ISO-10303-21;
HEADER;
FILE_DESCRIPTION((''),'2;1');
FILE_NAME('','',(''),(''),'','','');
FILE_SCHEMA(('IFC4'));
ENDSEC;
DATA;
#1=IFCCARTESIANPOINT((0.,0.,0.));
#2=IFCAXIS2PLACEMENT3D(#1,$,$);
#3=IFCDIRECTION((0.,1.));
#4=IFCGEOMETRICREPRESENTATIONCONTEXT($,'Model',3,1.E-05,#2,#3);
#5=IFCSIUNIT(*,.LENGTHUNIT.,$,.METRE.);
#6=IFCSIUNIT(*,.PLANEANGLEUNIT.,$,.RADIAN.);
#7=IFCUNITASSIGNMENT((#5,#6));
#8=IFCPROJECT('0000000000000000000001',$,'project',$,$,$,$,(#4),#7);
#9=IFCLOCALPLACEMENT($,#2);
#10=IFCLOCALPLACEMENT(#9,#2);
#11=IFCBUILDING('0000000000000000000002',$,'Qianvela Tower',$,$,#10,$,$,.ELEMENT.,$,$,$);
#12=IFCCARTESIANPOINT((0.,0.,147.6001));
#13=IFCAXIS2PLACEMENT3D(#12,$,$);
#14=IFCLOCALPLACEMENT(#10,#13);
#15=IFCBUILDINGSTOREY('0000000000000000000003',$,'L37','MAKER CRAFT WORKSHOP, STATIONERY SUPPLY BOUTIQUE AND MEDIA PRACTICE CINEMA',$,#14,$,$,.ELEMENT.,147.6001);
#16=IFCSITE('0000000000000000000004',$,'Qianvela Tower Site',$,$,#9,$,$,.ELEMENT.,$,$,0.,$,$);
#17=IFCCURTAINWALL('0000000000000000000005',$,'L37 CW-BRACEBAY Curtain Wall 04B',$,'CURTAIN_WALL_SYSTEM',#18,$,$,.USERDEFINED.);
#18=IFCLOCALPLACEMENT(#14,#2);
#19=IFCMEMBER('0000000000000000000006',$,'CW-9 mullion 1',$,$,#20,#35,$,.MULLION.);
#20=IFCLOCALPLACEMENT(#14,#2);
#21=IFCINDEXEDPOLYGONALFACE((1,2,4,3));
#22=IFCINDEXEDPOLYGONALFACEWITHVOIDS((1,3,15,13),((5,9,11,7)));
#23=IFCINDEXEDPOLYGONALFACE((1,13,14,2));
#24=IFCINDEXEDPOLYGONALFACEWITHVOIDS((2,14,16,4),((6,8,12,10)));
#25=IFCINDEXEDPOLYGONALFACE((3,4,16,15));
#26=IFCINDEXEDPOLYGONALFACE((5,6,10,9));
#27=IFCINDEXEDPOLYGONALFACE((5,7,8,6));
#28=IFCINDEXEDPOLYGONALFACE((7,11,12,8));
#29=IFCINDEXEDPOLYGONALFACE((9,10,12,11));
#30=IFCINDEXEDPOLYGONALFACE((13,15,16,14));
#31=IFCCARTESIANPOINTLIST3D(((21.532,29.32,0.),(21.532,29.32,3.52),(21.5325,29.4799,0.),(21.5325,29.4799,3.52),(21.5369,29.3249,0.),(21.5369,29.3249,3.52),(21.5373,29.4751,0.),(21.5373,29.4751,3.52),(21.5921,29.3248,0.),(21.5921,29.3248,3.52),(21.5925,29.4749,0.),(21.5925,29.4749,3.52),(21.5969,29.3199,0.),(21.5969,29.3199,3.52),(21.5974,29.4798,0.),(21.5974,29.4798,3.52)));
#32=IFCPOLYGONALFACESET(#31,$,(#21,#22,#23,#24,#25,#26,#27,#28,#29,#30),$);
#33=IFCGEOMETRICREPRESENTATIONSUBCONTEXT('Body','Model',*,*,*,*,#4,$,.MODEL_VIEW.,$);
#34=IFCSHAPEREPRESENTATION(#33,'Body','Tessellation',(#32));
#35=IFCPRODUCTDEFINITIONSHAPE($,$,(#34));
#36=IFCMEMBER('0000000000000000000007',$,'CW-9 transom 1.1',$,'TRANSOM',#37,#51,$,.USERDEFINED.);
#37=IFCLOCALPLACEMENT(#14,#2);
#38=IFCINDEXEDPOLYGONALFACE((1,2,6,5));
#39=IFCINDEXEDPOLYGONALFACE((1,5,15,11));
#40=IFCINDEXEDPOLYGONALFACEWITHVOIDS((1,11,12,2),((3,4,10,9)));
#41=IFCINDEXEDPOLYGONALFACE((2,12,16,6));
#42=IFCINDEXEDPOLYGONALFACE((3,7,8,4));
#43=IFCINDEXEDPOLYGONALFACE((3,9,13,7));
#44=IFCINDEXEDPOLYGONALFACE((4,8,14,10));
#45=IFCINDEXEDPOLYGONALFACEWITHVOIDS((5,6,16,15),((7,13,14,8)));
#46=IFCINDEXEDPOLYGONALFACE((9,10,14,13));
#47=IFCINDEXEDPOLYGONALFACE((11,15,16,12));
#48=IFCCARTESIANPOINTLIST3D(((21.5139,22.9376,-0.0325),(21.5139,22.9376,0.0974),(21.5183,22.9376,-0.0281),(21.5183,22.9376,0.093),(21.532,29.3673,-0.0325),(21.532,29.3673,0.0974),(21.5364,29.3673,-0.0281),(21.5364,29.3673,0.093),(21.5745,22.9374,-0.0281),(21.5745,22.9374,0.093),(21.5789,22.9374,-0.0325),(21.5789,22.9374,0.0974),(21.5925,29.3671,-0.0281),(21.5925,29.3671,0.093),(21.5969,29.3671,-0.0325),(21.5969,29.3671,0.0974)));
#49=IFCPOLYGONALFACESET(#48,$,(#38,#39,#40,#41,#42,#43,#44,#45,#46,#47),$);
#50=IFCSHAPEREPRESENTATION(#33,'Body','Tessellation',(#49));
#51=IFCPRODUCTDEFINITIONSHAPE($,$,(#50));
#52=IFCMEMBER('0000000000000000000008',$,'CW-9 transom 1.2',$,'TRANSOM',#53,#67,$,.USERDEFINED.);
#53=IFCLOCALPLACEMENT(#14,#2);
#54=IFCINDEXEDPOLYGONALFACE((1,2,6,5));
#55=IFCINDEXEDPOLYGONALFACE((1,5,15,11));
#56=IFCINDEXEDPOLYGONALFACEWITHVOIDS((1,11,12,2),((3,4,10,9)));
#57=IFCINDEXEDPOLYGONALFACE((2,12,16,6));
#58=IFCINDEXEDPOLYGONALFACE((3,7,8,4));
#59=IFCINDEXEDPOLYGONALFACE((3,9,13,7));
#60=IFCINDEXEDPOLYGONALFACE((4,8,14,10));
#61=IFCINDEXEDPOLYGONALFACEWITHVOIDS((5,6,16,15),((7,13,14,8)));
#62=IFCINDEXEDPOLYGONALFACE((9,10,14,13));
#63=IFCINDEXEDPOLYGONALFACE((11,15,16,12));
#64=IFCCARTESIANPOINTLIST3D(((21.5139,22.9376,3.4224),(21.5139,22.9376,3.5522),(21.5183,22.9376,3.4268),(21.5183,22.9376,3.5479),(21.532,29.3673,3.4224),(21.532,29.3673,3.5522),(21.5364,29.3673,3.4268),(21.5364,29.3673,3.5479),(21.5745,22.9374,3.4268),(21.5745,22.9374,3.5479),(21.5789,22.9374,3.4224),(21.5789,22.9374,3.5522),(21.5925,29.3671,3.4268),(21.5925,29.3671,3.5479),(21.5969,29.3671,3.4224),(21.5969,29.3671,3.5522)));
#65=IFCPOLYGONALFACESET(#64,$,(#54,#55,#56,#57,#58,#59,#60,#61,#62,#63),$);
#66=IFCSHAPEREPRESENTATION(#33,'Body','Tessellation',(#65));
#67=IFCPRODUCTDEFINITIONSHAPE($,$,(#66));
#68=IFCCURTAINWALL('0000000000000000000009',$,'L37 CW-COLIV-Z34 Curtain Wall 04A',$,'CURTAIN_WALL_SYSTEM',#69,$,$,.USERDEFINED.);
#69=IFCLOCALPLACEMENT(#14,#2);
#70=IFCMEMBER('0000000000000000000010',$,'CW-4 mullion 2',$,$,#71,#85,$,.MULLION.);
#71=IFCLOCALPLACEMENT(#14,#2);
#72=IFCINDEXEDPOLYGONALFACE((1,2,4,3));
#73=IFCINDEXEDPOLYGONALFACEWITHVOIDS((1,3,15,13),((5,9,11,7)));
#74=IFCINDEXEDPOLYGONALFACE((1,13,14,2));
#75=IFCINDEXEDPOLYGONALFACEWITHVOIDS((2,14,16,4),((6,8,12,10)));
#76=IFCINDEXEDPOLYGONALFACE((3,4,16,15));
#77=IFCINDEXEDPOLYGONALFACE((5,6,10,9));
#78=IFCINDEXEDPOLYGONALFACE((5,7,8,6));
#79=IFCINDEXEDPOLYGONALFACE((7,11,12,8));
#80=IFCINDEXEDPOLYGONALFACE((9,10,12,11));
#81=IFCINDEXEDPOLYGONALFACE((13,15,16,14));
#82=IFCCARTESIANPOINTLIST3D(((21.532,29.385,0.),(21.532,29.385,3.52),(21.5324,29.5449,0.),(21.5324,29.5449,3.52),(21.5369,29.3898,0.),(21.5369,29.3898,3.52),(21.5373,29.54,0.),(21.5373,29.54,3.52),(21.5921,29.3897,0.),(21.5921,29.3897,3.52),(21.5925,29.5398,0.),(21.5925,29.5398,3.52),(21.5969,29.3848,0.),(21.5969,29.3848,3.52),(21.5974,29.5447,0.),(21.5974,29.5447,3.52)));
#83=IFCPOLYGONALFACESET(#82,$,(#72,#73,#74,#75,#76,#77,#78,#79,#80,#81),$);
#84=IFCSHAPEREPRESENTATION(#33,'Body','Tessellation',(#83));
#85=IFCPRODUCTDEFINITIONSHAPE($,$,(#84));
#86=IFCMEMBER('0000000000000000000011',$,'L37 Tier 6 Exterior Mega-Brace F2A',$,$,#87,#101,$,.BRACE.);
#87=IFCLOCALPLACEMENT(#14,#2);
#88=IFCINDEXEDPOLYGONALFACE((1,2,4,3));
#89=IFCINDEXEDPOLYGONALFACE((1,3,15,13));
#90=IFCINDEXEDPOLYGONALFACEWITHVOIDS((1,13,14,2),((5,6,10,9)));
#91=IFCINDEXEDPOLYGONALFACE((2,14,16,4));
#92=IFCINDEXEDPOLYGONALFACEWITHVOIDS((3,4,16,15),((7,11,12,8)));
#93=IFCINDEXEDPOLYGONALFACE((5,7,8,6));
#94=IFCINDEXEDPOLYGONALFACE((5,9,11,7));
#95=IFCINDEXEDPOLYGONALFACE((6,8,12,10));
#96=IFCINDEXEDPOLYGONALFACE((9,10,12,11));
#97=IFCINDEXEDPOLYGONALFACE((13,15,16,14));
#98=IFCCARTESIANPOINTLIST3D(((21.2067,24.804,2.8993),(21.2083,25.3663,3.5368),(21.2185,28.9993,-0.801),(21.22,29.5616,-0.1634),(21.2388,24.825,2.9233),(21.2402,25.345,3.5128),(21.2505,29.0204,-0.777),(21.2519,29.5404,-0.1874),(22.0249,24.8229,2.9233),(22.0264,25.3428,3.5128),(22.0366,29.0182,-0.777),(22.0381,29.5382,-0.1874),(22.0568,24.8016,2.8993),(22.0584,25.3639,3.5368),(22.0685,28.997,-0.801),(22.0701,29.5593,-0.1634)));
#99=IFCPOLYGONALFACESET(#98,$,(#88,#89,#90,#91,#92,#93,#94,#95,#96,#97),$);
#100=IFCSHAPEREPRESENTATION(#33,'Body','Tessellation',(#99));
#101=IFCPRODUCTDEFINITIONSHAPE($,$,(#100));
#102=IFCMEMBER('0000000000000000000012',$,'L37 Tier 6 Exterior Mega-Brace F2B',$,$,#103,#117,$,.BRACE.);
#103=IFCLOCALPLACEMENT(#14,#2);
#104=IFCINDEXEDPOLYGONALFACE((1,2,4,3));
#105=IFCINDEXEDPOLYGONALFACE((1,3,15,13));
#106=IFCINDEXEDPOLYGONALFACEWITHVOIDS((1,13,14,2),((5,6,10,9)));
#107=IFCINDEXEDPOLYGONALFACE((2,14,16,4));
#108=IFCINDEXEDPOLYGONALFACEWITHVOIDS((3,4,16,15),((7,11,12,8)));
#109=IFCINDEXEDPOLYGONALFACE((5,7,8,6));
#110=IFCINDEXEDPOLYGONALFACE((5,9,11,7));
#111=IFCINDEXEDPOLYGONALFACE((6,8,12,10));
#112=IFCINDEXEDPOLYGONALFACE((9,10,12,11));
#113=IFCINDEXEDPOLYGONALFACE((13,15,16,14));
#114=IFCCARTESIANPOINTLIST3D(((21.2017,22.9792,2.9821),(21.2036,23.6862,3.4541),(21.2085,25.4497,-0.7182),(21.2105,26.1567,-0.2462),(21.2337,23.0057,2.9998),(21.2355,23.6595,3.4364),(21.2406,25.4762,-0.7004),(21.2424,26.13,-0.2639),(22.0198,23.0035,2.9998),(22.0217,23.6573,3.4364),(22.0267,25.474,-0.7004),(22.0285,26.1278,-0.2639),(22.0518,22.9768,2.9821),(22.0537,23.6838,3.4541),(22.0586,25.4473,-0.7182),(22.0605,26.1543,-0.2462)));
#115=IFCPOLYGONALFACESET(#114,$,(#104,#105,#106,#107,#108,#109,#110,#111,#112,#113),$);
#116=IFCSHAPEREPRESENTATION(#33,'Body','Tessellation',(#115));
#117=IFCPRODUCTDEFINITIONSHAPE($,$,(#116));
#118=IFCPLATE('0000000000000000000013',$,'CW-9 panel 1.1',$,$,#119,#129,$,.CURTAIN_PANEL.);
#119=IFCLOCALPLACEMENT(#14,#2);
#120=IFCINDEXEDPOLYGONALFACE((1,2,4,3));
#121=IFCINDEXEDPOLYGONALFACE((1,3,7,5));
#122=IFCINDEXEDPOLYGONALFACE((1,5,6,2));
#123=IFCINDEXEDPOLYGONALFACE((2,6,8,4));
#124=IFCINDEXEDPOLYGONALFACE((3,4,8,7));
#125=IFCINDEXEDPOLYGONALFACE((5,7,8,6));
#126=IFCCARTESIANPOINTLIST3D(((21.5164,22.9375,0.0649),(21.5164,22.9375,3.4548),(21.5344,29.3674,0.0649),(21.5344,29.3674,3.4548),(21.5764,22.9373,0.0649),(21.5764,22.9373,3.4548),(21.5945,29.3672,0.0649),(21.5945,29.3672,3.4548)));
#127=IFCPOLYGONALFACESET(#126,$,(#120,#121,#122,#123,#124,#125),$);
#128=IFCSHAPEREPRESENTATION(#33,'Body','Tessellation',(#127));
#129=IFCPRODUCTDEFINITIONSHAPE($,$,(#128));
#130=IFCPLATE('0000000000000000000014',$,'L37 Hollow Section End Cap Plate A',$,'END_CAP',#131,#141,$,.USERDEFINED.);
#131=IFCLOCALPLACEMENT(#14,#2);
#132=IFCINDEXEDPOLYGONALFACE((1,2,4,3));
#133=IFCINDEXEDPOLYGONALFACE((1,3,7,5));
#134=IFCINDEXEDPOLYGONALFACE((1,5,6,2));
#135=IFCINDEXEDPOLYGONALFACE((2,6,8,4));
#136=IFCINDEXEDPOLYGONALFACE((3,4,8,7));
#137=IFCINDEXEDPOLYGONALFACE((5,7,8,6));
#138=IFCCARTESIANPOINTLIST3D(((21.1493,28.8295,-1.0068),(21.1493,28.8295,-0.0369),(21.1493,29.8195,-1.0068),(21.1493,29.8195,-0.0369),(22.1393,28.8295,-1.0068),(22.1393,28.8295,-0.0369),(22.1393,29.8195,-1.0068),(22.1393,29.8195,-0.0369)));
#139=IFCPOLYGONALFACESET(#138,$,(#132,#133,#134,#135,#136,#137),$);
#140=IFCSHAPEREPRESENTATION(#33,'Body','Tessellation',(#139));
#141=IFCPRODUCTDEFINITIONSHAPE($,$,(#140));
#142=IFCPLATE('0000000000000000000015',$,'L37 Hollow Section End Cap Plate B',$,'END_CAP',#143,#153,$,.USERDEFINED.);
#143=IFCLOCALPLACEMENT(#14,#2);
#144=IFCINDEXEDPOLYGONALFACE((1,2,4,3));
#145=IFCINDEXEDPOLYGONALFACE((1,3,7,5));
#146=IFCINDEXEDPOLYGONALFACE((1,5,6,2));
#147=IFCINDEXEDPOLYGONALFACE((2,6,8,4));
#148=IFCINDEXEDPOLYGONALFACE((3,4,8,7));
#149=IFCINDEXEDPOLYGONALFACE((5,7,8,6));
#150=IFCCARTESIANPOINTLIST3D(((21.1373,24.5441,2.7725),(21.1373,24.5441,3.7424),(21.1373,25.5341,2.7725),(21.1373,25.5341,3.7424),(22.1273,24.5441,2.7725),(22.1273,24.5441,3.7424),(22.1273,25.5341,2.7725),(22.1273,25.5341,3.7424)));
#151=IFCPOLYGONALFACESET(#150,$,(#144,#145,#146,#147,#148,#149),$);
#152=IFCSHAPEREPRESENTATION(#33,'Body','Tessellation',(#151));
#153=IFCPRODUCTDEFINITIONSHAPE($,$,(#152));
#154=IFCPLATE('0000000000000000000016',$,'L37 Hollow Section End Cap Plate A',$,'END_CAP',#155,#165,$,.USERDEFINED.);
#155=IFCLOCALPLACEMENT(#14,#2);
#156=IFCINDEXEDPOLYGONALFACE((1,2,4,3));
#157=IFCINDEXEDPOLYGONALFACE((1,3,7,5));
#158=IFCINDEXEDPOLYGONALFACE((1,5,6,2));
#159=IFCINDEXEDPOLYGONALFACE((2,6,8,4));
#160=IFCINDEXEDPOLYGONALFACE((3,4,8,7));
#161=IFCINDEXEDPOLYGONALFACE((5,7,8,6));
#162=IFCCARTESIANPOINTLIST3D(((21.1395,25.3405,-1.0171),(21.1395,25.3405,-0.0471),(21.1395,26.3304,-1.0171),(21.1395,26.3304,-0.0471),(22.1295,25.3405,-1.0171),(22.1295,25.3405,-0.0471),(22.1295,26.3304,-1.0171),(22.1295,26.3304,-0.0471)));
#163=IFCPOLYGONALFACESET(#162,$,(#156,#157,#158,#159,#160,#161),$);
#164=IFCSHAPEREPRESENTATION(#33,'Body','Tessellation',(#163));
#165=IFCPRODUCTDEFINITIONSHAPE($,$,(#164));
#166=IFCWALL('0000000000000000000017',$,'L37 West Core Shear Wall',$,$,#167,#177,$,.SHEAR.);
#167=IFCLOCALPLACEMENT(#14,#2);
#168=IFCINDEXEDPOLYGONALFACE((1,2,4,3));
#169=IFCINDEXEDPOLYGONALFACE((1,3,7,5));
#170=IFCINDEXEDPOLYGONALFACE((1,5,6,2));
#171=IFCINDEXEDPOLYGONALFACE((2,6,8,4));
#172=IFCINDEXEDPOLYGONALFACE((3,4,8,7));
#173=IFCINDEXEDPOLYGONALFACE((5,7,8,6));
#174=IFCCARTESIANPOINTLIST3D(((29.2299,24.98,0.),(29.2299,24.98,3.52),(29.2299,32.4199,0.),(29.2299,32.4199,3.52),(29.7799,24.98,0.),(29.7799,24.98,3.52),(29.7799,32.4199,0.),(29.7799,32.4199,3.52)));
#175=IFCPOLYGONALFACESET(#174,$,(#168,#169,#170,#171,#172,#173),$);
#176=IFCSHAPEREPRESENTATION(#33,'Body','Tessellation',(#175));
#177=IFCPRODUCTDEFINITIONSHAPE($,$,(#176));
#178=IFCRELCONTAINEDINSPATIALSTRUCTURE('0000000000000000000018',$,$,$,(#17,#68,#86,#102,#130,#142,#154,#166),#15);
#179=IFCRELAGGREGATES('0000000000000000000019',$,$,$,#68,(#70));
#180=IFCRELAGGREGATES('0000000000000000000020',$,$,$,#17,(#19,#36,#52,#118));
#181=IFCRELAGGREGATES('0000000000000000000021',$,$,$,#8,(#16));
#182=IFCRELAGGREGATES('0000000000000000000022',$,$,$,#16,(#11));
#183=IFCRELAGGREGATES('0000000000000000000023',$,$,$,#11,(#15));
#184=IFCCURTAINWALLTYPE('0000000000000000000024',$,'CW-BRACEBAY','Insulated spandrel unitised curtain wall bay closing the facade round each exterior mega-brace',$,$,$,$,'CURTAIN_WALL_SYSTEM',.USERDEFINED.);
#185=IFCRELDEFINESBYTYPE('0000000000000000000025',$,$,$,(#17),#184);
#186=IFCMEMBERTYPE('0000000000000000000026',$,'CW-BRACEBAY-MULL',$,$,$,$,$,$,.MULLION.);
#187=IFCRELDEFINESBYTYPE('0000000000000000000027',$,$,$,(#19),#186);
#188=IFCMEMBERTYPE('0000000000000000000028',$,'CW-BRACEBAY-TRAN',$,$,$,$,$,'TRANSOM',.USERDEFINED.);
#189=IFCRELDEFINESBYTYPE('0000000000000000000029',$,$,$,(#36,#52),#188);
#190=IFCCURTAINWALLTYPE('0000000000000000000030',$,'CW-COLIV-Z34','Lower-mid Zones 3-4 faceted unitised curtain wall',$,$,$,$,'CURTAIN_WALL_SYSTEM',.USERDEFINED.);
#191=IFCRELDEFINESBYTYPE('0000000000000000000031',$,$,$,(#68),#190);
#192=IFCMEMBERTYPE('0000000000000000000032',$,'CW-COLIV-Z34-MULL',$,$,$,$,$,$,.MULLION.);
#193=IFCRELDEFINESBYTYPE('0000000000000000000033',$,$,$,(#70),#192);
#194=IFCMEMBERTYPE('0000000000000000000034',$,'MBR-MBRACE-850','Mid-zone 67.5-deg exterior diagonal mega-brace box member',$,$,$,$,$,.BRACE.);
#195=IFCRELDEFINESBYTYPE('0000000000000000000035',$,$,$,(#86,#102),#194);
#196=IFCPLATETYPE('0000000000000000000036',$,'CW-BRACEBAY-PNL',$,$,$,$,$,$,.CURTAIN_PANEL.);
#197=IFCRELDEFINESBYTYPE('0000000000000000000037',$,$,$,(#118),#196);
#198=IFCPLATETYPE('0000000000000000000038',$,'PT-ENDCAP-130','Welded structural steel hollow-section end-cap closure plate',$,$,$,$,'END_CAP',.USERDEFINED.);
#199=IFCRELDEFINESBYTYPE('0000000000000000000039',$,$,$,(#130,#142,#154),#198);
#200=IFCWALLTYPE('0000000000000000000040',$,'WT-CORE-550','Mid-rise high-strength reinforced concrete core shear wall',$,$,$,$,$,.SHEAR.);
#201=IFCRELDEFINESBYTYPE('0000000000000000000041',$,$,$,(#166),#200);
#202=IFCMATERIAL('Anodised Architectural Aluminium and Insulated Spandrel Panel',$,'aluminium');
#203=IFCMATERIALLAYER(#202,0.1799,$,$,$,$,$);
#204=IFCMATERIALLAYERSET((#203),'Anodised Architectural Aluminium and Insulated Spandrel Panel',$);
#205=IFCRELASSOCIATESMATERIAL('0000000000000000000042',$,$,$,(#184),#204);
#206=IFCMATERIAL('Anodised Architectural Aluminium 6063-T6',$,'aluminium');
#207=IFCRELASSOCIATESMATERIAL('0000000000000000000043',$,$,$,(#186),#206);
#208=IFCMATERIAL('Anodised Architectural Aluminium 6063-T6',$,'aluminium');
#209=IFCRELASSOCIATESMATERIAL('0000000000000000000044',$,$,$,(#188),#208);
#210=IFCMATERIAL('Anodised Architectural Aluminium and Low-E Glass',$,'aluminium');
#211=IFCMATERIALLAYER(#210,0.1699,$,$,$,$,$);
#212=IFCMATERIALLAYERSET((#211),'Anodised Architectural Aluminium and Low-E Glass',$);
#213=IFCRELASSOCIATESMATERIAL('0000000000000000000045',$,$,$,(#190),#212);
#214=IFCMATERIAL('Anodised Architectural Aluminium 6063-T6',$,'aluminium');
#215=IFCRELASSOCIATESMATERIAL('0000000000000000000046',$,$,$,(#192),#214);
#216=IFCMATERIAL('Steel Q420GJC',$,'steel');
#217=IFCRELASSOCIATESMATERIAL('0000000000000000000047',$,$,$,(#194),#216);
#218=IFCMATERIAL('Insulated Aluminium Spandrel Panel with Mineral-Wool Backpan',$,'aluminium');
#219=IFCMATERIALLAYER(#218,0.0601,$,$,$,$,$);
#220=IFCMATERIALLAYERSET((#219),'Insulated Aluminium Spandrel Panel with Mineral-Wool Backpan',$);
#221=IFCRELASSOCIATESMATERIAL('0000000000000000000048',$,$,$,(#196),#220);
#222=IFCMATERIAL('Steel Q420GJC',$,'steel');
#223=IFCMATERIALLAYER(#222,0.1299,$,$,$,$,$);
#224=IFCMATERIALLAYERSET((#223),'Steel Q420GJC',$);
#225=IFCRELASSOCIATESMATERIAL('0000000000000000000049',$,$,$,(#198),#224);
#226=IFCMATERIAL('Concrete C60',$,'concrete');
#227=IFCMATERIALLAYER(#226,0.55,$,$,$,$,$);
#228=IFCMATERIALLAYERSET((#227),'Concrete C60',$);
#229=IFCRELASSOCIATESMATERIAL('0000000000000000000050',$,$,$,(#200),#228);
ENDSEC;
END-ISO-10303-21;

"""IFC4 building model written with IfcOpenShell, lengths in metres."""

from ifc_helpers import new_model, si_unit, direction, frame, frame_2d, origin, origin_2d, place, context, subcontext, project, spatial, rectangle, hollow_rectangle, extrude, material, layer, layer_set, material_profile, profile_set, type_object, element, aggregate, save


model = new_model("IFC4")

# Units and contexts
model_context = context("Model", 3, precision=1e-05, world=origin(), true_north=direction((0.0, 1.0)))
body_context = subcontext(model_context, "Body", "Model", "MODEL_VIEW")
ifc_project = project(units=[si_unit("LENGTHUNIT", "METRE"), si_unit("PLANEANGLEUNIT", "RADIAN")], contexts=[model_context])

# Site, building, storey
site_placement = place(None, origin())
site = spatial("IfcSite", under=ifc_project, at=site_placement, Name="Qianvela Tower Site", CompositionType="ELEMENT", RefElevation=0.0)
building_placement = place(site_placement, origin())
building = spatial("IfcBuilding", under=site, at=building_placement, Name="Qianvela Tower", CompositionType="ELEMENT")
storey_placement = place(building_placement, frame((0.0, 0.0, 147.6001)))
storey = spatial("IfcBuildingStorey", under=building, at=storey_placement, Name="L37", Description="MAKER CRAFT WORKSHOP, STATIONERY SUPPLY BOUTIQUE AND MEDIA PRACTICE CINEMA", CompositionType="ELEMENT", Elevation=147.6001)

# Curtain wall, members
ifc_material_1 = material(Name="Anodised Architectural Aluminium and Insulated Spandrel Panel", Category="aluminium")
ifc_layer_1 = layer(ifc_material_1, 0.1799)
ifc_layer_set_1 = layer_set([ifc_layer_1], Name="Anodised Architectural Aluminium and Insulated Spandrel Panel")
curtain_wall_type_1 = type_object("IfcCurtainWallType", Name="CW-BRACEBAY", Description="Insulated spandrel unitised curtain wall bay closing the facade round each exterior mega-brace", ElementType="CURTAIN_WALL_SYSTEM", PredefinedType="USERDEFINED", material=ifc_layer_set_1)
curtain_wall_1_placement = place(storey_placement, origin())
curtain_wall_1 = element("IfcCurtainWall", 1, at=curtain_wall_1_placement, inside=storey, type_object=curtain_wall_type_1, Name="L37 CW-BRACEBAY Curtain Wall 04B", ObjectType="CURTAIN_WALL_SYSTEM", PredefinedType="USERDEFINED")
ifc_material_2 = material(Name="Anodised Architectural Aluminium 6063-T6", Category="aluminium")
ifc_material_profile_1 = material_profile(ifc_material_2, hollow_rectangle(XDim=0.0649, YDim=0.1599, WallThickness=0.0049, at=origin_2d()), Name="ALU-MULL-65x160")
ifc_profile_set_1 = profile_set([ifc_material_profile_1], Name="Anodised Architectural Aluminium 6063-T6")
member_type_1 = type_object("IfcMemberType", Name="CW-BRACEBAY-MULL", PredefinedType="MULLION", material=ifc_profile_set_1)
member_1_placement = place(storey_placement, frame((21.5647, 29.3999, 0.0), z_axis=(0.0, 0.0, 1.0), x_axis=(0.999996, -0.002805, 0.0)))
member_1 = element("IfcMember", 2, at=member_1_placement, type_object=member_type_1, Name="CW-9 mullion 1", PredefinedType="MULLION", context=body_context, shape_type="SweptSolid", body=[
    extrude(hollow_rectangle(XDim=0.0649, YDim=0.1599, WallThickness=0.0049, at=origin_2d()), origin(), (0.0, 0.0, 1.0), 3.52),
])
ifc_material_3 = material(Name="Anodised Architectural Aluminium 6063-T6", Category="aluminium")
ifc_material_profile_2 = material_profile(ifc_material_3, hollow_rectangle(XDim=0.0649, YDim=0.1299, WallThickness=0.0044, at=origin_2d()), Name="ALU-TRAN-65x130")
ifc_profile_set_2 = profile_set([ifc_material_profile_2], Name="Anodised Architectural Aluminium 6063-T6")
member_type_2 = type_object("IfcMemberType", Name="CW-BRACEBAY-TRAN", ElementType="TRANSOM", PredefinedType="USERDEFINED", material=ifc_profile_set_2)
member_2_placement = place(storey_placement, frame((21.5645, 29.3672, 0.0325), z_axis=(-0.00281, -0.999996, 0.0), x_axis=(0.999996, -0.00281, 0.0)))
member_2 = element("IfcMember", 3, at=member_2_placement, type_object=member_type_2, Name="CW-9 transom 1.1", ObjectType="TRANSOM", PredefinedType="USERDEFINED", context=body_context, shape_type="SweptSolid", body=[
    extrude(hollow_rectangle(XDim=0.0649, YDim=0.1299, WallThickness=0.0044, at=origin_2d()), origin(), (0.0, 0.0, 1.0), 6.4297),
])
member_3_placement = place(storey_placement, frame((21.5645, 29.3672, 3.4873), z_axis=(-0.00281, -0.999996, 0.0), x_axis=(0.999996, -0.00281, 0.0)))
member_3 = element("IfcMember", 4, at=member_3_placement, type_object=member_type_2, Name="CW-9 transom 1.2", ObjectType="TRANSOM", PredefinedType="USERDEFINED", context=body_context, shape_type="SweptSolid", body=[
    extrude(hollow_rectangle(XDim=0.0649, YDim=0.1299, WallThickness=0.0044, at=origin_2d()), origin(), (0.0, 0.0, 1.0), 6.4297),
])

# Curtain wall, member
ifc_material_4 = material(Name="Anodised Architectural Aluminium and Low-E Glass", Category="aluminium")
ifc_layer_2 = layer(ifc_material_4, 0.1699)
ifc_layer_set_2 = layer_set([ifc_layer_2], Name="Anodised Architectural Aluminium and Low-E Glass")
curtain_wall_type_2 = type_object("IfcCurtainWallType", Name="CW-COLIV-Z34", Description="Lower-mid Zones 3-4 faceted unitised curtain wall", ElementType="CURTAIN_WALL_SYSTEM", PredefinedType="USERDEFINED", material=ifc_layer_set_2)
curtain_wall_2_placement = place(storey_placement, origin())
curtain_wall_2 = element("IfcCurtainWall", 5, at=curtain_wall_2_placement, inside=storey, type_object=curtain_wall_type_2, Name="L37 CW-COLIV-Z34 Curtain Wall 04A", ObjectType="CURTAIN_WALL_SYSTEM", PredefinedType="USERDEFINED")
ifc_material_5 = material(Name="Anodised Architectural Aluminium 6063-T6", Category="aluminium")
ifc_material_profile_3 = material_profile(ifc_material_5, hollow_rectangle(XDim=0.0649, YDim=0.1599, WallThickness=0.0049, at=origin_2d()), Name="ALU-MULL-65x160")
ifc_profile_set_3 = profile_set([ifc_material_profile_3], Name="Anodised Architectural Aluminium 6063-T6")
member_type_3 = type_object("IfcMemberType", Name="CW-COLIV-Z34-MULL", PredefinedType="MULLION", material=ifc_profile_set_3)
member_4_placement = place(storey_placement, frame((21.5647, 29.4648, 0.0), z_axis=(0.0, 0.0, 1.0), x_axis=(0.999996, -0.002791, 0.0)))
member_4 = element("IfcMember", 6, at=member_4_placement, type_object=member_type_3, Name="CW-4 mullion 2", PredefinedType="MULLION", context=body_context, shape_type="SweptSolid", body=[
    extrude(hollow_rectangle(XDim=0.0649, YDim=0.1599, WallThickness=0.0049, at=origin_2d()), origin(), (0.0, 0.0, 1.0), 3.52),
])
aggregate(curtain_wall_2, [member_4])

# Members
ifc_material_6 = material(Name="Steel Q420GJC", Category="steel")
ifc_material_profile_4 = material_profile(ifc_material_6, hollow_rectangle(XDim=0.8501, YDim=0.8501, WallThickness=0.032, at=origin_2d()), Name="MBOX-850x850x32")
ifc_profile_set_4 = profile_set([ifc_material_profile_4], Name="Steel Q420GJC")
member_type_4 = type_object("IfcMemberType", Name="MBR-MBRACE-850", Description="Mid-zone 67.5-deg exterior diagonal mega-brace box member", PredefinedType="BRACE", material=ifc_profile_set_4)
member_5_placement = place(storey_placement, frame((21.6443, 29.2793, -0.4822), z_axis=(-0.002095, -0.749974, 0.661464), x_axis=(0.999996, -0.002793, 0.0)))
element("IfcMember", 7, at=member_5_placement, inside=storey, type_object=member_type_4, Name="L37 Tier 6 Exterior Mega-Brace F2A", PredefinedType="BRACE", context=body_context, shape_type="SweptSolid", body=[
    extrude(hollow_rectangle(XDim=0.8501, YDim=0.8501, WallThickness=0.032, at=origin_2d()), origin(), (0.0, 0.0, 1.0), 5.594),
])
member_6_placement = place(storey_placement, frame((21.6345, 25.802, -0.4822), z_axis=(-0.001536, -0.555269, 0.831669), x_axis=(0.999996, -0.002767, 0.0)))
element("IfcMember", 8, at=member_6_placement, inside=storey, type_object=member_type_4, Name="L37 Tier 6 Exterior Mega-Brace F2B", PredefinedType="BRACE", context=body_context, shape_type="SweptSolid", body=[
    extrude(hollow_rectangle(XDim=0.8501, YDim=0.8501, WallThickness=0.032, at=origin_2d()), origin(), (0.0, 0.0, 1.0), 4.4492),
])

# Plate
ifc_material_7 = material(Name="Insulated Aluminium Spandrel Panel with Mineral-Wool Backpan", Category="aluminium")
ifc_layer_3 = layer(ifc_material_7, 0.0601)
ifc_layer_set_3 = layer_set([ifc_layer_3], Name="Insulated Aluminium Spandrel Panel with Mineral-Wool Backpan")
plate_type_1 = type_object("IfcPlateType", Name="CW-BRACEBAY-PNL", PredefinedType="CURTAIN_PANEL", material=ifc_layer_set_3)
plate_placement = place(storey_placement, frame((21.5554, 26.1523, 0.0649), z_axis=(0.0, 0.0, 1.0), x_axis=(-0.002805, -0.999996, 0.0)))
plate = element("IfcPlate", 9, at=plate_placement, type_object=plate_type_1, Name="CW-9 panel 1.1", PredefinedType="CURTAIN_PANEL", context=body_context, shape_type="SweptSolid", body=[
    extrude(rectangle(XDim=6.4299, YDim=0.0601, at=origin_2d()), origin(), (0.0, 0.0, 1.0), 3.3899),
])
aggregate(curtain_wall_1, [member_1, member_2, member_3, plate])

# Plates
ifc_material_8 = material(Name="Steel Q420GJC", Category="steel")
ifc_layer_4 = layer(ifc_material_8, 0.1299)
ifc_layer_set_4 = layer_set([ifc_layer_4], Name="Steel Q420GJC")
plate_type_2 = type_object("IfcPlateType", Name="PT-ENDCAP-130", Description="Welded structural steel hollow-section end-cap closure plate", ElementType="END_CAP", PredefinedType="USERDEFINED", material=ifc_layer_set_4)
for number, where, z_axis, x_axis, name in (
    (10, (21.6443, 29.3245, -1.0068), (0.0, 0.0, 1.0), (1.0, 0.0, 0.0), "L37 Hollow Section End Cap Plate A"),
    (11, (21.6323, 25.0391, 2.7725), (0.0, 0.0, 1.0), (1.0, 0.0, 0.0), "L37 Hollow Section End Cap Plate B"),
    (12, (21.6345, 25.8354, -1.0171), (0.0, 0.0, 1.0), (1.0, 0.0, 0.0), "L37 Hollow Section End Cap Plate A"),
):
    element("IfcPlate", number, at=place(storey_placement, frame(where, z_axis=z_axis, x_axis=x_axis)), inside=storey, type_object=plate_type_2, Name=name, ObjectType="END_CAP", PredefinedType="USERDEFINED", context=body_context, shape_type="SweptSolid", body=[
        extrude(rectangle(XDim=0.99, YDim=0.99, at=origin_2d()), origin(), (0.0, 0.0, 1.0), 0.97),
    ])

# Shared definitions
ifc_material_9 = material(Name="Concrete C60", Category="concrete")
ifc_layer_5 = layer(ifc_material_9, 0.55)
ifc_layer_set_5 = layer_set([ifc_layer_5], Name="Concrete C60")
wall_type_1 = type_object("IfcWallType", Name="WT-CORE-550", Description="Mid-rise high-strength reinforced concrete core shear wall", PredefinedType="SHEAR", material=ifc_layer_set_5)

# Wall
wall_1_placement = place(storey_placement, frame((29.5049, 24.98, 0.0), z_axis=(0.0, 0.0, 1.0), x_axis=(0.0, 1.0, 0.0)))
element("IfcWall", 13, at=wall_1_placement, inside=storey, type_object=wall_type_1, Name="L37 West Core Shear Wall", PredefinedType="SHEAR", context=body_context, shape_type="SweptSolid", body=[
    extrude(rectangle(XDim=7.4399, YDim=0.55, at=frame_2d((3.72, 0.0))), origin(), (0.0, 0.0, 1.0), 3.52),
])

save(model, "model.ifc")
